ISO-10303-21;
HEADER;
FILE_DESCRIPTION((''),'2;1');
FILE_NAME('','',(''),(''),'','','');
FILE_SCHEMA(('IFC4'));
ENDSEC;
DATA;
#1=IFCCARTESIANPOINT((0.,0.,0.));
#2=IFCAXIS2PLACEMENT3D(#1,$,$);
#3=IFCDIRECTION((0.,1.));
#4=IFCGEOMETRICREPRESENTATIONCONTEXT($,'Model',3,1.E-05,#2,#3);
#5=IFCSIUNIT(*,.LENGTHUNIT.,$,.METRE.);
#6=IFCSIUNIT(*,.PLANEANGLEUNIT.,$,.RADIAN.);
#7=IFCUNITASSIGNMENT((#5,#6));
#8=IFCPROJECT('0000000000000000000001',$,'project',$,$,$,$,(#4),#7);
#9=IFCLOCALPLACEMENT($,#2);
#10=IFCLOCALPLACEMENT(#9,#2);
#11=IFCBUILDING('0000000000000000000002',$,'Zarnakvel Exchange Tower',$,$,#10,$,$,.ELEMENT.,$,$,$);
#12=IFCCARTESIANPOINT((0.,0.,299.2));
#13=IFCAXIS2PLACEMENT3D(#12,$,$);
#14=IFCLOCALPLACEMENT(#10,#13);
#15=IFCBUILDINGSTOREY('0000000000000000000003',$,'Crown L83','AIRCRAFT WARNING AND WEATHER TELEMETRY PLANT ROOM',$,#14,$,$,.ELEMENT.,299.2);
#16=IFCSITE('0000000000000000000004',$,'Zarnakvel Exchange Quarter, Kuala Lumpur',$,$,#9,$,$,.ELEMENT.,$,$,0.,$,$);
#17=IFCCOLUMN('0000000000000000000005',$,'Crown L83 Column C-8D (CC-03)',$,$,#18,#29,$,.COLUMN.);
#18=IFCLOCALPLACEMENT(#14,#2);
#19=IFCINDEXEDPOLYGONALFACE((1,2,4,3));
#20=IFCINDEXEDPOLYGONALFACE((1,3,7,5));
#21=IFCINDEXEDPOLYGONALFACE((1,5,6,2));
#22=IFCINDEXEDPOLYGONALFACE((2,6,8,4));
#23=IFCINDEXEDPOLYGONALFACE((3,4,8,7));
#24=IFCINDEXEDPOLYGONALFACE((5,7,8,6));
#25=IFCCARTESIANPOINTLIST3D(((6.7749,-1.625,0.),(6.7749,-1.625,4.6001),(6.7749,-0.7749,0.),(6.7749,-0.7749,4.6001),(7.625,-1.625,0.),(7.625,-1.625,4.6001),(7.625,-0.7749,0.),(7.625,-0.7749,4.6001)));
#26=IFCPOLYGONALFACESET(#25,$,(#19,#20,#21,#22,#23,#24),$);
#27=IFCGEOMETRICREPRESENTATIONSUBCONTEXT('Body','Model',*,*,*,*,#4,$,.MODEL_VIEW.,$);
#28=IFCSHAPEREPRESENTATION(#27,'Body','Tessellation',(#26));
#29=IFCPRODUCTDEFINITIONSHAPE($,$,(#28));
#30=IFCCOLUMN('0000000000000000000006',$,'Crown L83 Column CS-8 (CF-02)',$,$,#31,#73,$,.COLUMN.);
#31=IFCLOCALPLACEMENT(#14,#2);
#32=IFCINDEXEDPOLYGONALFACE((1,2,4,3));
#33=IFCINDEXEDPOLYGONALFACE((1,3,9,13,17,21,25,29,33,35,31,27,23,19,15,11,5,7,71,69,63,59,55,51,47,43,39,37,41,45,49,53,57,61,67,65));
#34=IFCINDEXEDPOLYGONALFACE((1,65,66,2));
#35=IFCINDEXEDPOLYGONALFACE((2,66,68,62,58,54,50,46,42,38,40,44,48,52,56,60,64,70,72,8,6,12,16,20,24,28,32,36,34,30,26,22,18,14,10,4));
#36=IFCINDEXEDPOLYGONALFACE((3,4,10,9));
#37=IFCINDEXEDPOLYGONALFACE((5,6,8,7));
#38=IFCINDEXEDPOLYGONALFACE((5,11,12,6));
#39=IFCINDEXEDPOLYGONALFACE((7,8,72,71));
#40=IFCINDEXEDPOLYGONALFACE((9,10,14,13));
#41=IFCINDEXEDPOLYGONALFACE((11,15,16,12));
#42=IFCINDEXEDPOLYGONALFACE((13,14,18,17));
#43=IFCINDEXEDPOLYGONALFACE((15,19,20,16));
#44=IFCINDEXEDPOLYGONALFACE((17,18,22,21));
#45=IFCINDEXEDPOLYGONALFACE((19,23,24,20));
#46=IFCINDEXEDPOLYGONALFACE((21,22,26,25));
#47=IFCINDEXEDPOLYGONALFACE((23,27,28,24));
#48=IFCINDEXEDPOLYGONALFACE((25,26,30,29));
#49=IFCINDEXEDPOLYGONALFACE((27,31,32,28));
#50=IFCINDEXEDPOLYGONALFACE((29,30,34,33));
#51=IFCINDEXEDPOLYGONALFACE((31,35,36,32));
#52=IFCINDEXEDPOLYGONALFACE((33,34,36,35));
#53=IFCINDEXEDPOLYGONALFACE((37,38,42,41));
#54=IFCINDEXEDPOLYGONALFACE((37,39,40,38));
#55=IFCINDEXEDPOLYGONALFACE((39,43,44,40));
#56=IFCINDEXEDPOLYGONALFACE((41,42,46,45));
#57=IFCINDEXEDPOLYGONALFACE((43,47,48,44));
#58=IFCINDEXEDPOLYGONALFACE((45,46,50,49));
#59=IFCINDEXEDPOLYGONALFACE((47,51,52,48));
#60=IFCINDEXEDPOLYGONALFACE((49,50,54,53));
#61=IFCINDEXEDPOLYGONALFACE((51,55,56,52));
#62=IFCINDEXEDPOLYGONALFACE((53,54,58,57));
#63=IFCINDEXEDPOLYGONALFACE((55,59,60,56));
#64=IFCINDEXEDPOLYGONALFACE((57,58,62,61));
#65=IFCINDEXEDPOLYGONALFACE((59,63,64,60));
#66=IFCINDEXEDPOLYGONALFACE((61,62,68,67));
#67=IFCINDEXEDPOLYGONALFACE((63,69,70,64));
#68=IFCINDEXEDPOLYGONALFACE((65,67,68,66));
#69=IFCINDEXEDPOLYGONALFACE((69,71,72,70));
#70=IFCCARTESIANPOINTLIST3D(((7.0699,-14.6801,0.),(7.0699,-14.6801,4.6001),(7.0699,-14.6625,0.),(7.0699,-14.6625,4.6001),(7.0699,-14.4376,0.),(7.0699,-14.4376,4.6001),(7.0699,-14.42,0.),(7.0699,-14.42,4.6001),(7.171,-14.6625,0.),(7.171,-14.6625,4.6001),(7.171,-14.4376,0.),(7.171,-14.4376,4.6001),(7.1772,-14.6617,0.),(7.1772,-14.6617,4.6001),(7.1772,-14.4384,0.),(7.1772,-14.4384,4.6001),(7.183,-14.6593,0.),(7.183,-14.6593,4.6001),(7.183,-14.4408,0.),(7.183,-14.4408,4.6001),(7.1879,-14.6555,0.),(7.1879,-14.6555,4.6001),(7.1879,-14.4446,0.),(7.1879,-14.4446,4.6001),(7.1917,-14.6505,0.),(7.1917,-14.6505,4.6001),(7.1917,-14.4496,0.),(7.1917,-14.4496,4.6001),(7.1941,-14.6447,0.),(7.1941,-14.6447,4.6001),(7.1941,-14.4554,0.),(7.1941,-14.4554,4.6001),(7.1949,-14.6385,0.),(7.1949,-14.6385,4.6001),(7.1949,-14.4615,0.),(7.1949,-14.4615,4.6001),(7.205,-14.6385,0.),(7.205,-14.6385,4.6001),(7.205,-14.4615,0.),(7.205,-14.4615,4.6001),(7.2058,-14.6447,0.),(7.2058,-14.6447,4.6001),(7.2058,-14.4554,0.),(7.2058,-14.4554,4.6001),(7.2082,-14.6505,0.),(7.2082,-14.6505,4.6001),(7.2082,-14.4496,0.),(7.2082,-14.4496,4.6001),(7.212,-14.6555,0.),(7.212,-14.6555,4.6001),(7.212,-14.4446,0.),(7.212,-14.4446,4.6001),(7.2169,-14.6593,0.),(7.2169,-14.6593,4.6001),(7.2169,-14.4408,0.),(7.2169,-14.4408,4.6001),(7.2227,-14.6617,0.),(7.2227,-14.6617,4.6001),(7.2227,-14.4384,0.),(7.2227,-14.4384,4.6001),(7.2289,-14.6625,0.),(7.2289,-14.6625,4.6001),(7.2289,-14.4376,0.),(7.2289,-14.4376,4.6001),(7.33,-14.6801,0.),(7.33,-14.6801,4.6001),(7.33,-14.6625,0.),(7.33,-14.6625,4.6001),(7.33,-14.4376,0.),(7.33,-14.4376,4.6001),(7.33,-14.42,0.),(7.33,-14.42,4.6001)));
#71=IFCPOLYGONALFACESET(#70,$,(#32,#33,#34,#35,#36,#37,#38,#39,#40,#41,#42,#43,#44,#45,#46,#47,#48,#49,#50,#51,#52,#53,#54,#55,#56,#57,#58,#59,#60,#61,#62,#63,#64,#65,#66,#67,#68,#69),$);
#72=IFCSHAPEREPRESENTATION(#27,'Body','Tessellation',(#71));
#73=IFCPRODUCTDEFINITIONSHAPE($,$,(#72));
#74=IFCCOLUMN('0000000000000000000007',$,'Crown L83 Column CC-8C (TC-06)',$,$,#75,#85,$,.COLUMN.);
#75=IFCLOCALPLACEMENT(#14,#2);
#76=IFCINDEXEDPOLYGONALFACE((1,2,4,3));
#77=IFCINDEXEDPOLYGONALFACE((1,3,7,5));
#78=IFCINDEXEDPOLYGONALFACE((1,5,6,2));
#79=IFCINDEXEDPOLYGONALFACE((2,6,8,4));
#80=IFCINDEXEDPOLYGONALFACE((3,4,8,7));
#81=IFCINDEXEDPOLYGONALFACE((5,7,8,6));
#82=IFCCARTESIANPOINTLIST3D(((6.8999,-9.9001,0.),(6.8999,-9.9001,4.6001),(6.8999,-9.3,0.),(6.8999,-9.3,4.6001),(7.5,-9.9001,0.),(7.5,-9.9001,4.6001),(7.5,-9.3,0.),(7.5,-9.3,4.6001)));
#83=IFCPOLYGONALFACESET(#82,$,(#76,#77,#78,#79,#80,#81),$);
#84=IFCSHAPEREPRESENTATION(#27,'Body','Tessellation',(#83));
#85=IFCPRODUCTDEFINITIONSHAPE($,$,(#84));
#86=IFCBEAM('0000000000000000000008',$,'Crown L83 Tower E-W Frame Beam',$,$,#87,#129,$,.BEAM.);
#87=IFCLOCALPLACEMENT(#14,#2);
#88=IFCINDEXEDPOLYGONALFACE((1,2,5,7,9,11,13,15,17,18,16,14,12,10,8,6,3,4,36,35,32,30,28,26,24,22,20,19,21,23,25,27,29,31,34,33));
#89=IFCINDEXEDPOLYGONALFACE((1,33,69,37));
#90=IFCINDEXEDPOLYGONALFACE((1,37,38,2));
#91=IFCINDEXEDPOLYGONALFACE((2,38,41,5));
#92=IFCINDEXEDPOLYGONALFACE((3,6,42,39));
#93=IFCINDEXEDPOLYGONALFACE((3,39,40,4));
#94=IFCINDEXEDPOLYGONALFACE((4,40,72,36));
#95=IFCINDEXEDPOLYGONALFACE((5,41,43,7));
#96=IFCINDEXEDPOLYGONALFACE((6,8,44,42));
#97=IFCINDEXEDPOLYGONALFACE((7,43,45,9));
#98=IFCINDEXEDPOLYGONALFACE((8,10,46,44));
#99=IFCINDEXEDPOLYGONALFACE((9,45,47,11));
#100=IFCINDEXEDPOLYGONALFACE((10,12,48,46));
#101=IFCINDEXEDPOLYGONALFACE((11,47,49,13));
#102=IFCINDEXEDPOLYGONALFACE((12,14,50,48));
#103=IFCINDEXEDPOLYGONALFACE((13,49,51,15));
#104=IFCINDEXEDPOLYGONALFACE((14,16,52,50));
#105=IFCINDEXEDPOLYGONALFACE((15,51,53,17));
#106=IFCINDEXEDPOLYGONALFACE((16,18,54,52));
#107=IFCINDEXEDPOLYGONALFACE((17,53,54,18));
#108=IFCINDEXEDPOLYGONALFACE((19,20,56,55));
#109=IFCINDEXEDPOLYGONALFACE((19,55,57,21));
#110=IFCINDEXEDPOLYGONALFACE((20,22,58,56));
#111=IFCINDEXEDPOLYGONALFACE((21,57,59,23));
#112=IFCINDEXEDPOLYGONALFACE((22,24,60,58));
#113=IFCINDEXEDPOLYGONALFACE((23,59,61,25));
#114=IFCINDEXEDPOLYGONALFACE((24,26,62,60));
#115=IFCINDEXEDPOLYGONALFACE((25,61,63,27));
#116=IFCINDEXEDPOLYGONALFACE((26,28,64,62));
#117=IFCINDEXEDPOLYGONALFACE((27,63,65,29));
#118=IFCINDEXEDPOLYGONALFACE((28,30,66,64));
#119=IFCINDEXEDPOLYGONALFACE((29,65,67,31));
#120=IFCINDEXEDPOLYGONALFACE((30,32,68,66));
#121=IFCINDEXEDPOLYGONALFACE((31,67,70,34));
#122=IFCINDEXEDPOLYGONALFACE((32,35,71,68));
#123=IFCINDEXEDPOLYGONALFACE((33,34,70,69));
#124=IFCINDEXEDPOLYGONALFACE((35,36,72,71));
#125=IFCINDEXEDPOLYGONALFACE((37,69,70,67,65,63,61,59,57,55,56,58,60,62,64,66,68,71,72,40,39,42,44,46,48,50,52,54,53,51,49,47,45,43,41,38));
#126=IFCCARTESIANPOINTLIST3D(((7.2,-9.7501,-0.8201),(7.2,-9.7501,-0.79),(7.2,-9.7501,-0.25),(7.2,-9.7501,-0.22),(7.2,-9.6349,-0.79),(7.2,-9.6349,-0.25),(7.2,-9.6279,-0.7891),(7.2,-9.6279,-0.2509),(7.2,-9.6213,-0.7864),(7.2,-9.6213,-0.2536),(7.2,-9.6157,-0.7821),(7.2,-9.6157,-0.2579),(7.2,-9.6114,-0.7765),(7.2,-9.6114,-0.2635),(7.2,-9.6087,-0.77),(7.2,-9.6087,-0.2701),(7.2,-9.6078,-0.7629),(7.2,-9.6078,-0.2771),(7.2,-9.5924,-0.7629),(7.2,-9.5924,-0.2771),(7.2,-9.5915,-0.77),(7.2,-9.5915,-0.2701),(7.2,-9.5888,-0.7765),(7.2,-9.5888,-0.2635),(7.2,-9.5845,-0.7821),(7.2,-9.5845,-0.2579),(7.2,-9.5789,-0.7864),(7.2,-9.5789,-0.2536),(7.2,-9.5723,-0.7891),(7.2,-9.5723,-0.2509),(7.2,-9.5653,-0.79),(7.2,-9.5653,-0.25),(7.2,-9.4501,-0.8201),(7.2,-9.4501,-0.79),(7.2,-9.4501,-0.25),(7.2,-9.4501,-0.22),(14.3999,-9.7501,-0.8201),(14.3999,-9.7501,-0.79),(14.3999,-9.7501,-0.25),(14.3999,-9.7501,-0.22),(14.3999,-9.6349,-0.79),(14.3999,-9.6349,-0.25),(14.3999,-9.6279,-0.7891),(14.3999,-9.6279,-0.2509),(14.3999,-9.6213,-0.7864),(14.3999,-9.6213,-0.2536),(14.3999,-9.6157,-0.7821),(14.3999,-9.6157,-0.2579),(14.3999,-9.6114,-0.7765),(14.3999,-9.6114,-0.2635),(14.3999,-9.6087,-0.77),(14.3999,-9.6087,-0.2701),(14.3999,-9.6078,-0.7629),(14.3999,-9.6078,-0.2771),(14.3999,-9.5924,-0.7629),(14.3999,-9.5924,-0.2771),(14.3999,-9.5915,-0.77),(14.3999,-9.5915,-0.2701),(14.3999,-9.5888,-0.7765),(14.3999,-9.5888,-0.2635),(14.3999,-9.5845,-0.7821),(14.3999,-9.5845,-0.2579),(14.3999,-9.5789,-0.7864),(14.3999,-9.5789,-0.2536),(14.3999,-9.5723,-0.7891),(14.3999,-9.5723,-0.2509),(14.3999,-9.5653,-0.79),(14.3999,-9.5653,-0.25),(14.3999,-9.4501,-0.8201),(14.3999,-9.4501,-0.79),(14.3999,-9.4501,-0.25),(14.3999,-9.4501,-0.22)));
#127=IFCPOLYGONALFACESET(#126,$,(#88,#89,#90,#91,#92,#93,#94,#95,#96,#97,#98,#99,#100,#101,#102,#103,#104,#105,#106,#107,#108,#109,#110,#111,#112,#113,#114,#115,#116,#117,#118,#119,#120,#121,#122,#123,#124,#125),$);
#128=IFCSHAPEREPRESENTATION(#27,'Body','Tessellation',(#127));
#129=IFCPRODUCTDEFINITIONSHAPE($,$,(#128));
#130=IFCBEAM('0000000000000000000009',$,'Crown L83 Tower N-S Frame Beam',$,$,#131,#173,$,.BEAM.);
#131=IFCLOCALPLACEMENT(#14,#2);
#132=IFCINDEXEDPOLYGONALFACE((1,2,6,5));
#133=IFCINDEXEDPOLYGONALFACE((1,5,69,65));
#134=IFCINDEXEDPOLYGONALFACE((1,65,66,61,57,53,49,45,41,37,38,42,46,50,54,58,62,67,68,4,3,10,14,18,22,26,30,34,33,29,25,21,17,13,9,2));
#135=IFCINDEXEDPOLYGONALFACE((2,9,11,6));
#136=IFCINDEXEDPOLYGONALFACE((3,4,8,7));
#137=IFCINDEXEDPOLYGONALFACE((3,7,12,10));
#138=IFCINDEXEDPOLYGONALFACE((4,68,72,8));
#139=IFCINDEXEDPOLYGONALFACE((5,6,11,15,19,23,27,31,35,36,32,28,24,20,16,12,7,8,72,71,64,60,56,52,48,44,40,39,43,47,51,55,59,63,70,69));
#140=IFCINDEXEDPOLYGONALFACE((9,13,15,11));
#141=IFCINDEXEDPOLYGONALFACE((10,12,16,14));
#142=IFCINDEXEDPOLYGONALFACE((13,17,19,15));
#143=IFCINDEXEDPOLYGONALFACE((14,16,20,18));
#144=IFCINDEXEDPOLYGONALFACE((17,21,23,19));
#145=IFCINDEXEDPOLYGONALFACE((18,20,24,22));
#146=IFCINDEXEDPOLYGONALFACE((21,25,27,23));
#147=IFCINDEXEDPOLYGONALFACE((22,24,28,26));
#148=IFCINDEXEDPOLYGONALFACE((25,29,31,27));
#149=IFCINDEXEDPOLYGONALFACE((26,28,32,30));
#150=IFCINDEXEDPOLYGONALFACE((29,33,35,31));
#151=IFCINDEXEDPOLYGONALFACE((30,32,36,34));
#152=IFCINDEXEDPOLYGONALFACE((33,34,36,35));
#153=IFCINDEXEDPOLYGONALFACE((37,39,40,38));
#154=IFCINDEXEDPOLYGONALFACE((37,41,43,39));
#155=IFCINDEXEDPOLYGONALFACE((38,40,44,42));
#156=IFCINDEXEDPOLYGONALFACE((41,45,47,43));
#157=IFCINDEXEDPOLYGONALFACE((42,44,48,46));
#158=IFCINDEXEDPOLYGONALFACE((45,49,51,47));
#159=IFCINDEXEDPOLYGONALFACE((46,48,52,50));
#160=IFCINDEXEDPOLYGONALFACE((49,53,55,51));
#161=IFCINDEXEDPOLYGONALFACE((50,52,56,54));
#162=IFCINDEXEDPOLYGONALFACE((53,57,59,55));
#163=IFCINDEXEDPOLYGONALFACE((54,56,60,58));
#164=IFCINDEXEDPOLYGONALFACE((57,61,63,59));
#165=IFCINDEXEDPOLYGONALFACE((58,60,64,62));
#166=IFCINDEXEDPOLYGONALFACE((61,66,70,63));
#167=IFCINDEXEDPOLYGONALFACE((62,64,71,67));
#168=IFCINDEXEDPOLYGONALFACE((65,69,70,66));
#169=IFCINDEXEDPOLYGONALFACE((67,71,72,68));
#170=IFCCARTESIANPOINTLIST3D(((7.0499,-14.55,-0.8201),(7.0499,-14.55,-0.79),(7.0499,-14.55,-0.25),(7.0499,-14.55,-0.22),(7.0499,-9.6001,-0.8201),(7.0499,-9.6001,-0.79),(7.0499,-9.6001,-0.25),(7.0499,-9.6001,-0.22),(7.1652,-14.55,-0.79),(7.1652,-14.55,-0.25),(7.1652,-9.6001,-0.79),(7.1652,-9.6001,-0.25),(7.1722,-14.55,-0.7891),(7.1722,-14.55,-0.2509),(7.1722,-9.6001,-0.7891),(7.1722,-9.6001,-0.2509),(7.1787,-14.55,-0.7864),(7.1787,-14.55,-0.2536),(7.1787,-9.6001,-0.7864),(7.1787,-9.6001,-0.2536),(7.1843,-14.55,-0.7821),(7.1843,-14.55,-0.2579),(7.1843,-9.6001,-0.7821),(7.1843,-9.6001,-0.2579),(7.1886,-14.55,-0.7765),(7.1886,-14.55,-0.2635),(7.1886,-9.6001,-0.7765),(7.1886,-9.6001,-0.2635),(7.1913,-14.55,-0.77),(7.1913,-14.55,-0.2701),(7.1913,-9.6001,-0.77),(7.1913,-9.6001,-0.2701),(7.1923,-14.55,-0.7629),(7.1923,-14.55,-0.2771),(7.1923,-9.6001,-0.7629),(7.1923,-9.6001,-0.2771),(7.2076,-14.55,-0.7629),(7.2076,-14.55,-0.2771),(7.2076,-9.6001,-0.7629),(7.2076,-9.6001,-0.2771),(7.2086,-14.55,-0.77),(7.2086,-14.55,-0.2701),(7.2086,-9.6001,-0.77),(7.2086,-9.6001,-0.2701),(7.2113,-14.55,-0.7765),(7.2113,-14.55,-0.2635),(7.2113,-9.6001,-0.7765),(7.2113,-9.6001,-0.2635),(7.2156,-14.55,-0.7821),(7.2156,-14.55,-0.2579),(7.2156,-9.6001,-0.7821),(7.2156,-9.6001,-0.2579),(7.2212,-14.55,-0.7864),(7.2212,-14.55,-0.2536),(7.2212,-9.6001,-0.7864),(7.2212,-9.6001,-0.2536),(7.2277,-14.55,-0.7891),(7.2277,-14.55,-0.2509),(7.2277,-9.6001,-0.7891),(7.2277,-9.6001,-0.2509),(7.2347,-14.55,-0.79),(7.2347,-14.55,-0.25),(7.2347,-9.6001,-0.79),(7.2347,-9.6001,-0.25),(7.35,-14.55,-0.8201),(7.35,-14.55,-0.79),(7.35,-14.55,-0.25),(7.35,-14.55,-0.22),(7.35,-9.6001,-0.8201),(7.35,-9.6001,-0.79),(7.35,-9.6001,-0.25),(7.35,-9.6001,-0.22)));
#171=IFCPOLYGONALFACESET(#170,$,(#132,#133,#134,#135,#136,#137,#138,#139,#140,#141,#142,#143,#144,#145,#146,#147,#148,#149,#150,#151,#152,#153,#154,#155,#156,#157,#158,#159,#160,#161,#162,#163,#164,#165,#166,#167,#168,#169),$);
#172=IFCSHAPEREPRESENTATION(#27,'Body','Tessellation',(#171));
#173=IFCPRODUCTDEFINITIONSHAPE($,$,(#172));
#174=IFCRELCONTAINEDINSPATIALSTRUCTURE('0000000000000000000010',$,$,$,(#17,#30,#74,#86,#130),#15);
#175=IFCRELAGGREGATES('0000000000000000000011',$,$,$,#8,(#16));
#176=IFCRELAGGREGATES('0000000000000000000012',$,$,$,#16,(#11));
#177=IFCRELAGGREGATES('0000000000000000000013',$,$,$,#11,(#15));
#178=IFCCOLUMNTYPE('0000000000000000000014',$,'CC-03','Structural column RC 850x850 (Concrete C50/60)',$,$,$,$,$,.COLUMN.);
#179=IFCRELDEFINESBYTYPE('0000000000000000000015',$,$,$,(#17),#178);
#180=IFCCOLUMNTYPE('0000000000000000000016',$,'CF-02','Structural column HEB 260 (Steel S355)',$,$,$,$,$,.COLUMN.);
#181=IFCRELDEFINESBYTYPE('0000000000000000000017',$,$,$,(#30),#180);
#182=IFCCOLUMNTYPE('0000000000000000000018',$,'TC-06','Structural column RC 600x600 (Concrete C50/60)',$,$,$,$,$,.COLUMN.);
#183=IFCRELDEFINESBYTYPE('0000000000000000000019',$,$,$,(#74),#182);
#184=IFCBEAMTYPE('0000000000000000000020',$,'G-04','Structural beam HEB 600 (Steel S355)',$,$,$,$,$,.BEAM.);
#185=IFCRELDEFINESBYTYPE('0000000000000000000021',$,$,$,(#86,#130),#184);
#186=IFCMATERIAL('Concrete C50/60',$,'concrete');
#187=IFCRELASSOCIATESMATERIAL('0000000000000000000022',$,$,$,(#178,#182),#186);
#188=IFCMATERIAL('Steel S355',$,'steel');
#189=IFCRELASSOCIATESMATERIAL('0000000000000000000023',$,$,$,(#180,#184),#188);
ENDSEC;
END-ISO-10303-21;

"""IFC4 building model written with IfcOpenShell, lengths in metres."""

from ifc_helpers import new_model, si_unit, direction, frame, origin, origin_2d, place, context, subcontext, project, spatial, rectangle, i_section, extrude, material, material_profile, profile_set, type_object, element, save


model = new_model("IFC4")

# Units and contexts
model_context = context("Model", 3, precision=1e-05, world=origin(), true_north=direction((0.0, 1.0)))
body_context = subcontext(model_context, "Body", "Model", "MODEL_VIEW")
ifc_project = project(units=[si_unit("LENGTHUNIT", "METRE"), si_unit("PLANEANGLEUNIT", "RADIAN")], contexts=[model_context])

# Site, building, storey
site_placement = place(None, origin())
site = spatial("IfcSite", under=ifc_project, at=site_placement, Name="Zarnakvel Exchange Quarter, Kuala Lumpur", CompositionType="ELEMENT", RefElevation=0.0)
building_placement = place(site_placement, origin())
building = spatial("IfcBuilding", under=site, at=building_placement, Name="Zarnakvel Exchange Tower", CompositionType="ELEMENT")
storey_placement = place(building_placement, frame((0.0, 0.0, 299.2)))
storey = spatial("IfcBuildingStorey", under=building, at=storey_placement, Name="Crown L83", Description="AIRCRAFT WARNING AND WEATHER TELEMETRY PLANT ROOM", CompositionType="ELEMENT", Elevation=299.2)

# Columns
ifc_material_1 = material(Name="Concrete C50/60", Category="concrete")
ifc_material_profile_1 = material_profile(ifc_material_1, rectangle(XDim=0.8501, YDim=0.8501, at=origin_2d()))
ifc_profile_set_1 = profile_set([ifc_material_profile_1], Name="Concrete C50/60")
column_type_1 = type_object("IfcColumnType", Name="CC-03", Description="Structural column RC 850x850 (Concrete C50/60)", PredefinedType="COLUMN", material=ifc_profile_set_1)
column_1_placement = place(storey_placement, frame((7.2, -1.2, 0.0), z_axis=(0.0, 0.0, 1.0), x_axis=(1.0, 0.0, 0.0)))
element("IfcColumn", 1, at=column_1_placement, inside=storey, type_object=column_type_1, Name="Crown L83 Column C-8D (CC-03)", PredefinedType="COLUMN", context=body_context, shape_type="SweptSolid", body=[
    extrude(rectangle(XDim=0.8501, YDim=0.8501, at=origin_2d()), origin(), (0.0, 0.0, 1.0), 4.6001),
])
ifc_material_2 = material(Name="Steel S355", Category="steel")
ifc_material_profile_2 = material_profile(ifc_material_2, i_section(OverallWidth=0.26, OverallDepth=0.26, WebThickness=0.01, FlangeThickness=0.0176, FilletRadius=0.0239, at=origin_2d()))
ifc_profile_set_2 = profile_set([ifc_material_profile_2], Name="Steel S355")
column_type_2 = type_object("IfcColumnType", Name="CF-02", Description="Structural column HEB 260 (Steel S355)", PredefinedType="COLUMN", material=ifc_profile_set_2)
column_2_placement = place(storey_placement, frame((7.2, -14.55, 0.0), z_axis=(0.0, 0.0, 1.0), x_axis=(1.0, 0.0, 0.0)))
element("IfcColumn", 2, at=column_2_placement, inside=storey, type_object=column_type_2, Name="Crown L83 Column CS-8 (CF-02)", PredefinedType="COLUMN", context=body_context, shape_type="SweptSolid", body=[
    extrude(i_section(OverallWidth=0.26, OverallDepth=0.26, WebThickness=0.01, FlangeThickness=0.0176, FilletRadius=0.0239, at=origin_2d()), origin(), (0.0, 0.0, 1.0), 4.6001),
])
ifc_material_profile_3 = material_profile(ifc_material_1, rectangle(XDim=0.6001, YDim=0.6001, at=origin_2d()))
ifc_profile_set_3 = profile_set([ifc_material_profile_3], Name="Concrete C50/60")
column_type_3 = type_object("IfcColumnType", Name="TC-06", Description="Structural column RC 600x600 (Concrete C50/60)", PredefinedType="COLUMN", material=ifc_profile_set_3)
column_3_placement = place(storey_placement, frame((7.2, -9.6001, 0.0), z_axis=(0.0, 0.0, 1.0), x_axis=(1.0, 0.0, 0.0)))
element("IfcColumn", 3, at=column_3_placement, inside=storey, type_object=column_type_3, Name="Crown L83 Column CC-8C (TC-06)", PredefinedType="COLUMN", context=body_context, shape_type="SweptSolid", body=[
    extrude(rectangle(XDim=0.6001, YDim=0.6001, at=origin_2d()), origin(), (0.0, 0.0, 1.0), 4.6001),
])

# Beams
ifc_material_profile_4 = material_profile(ifc_material_2, i_section(OverallWidth=0.3, OverallDepth=0.6001, WebThickness=0.0154, FlangeThickness=0.03, FilletRadius=0.0271, at=origin_2d()))
ifc_profile_set_4 = profile_set([ifc_material_profile_4], Name="Steel S355")
beam_type = type_object("IfcBeamType", Name="G-04", Description="Structural beam HEB 600 (Steel S355)", PredefinedType="BEAM", material=ifc_profile_set_4)
beam_1_placement = place(storey_placement, frame((7.2, -9.6001, -0.52), z_axis=(1.0, 0.0, 0.0), x_axis=(0.0, 1.0, 0.0)))
element("IfcBeam", 4, at=beam_1_placement, inside=storey, type_object=beam_type, Name="Crown L83 Tower E-W Frame Beam", PredefinedType="BEAM", context=body_context, shape_type="SweptSolid", body=[
    extrude(i_section(OverallWidth=0.3, OverallDepth=0.6001, WebThickness=0.0154, FlangeThickness=0.03, FilletRadius=0.0271, at=origin_2d()), origin(), (0.0, 0.0, 1.0), 7.2),
])
beam_2_placement = place(storey_placement, frame((7.2, -14.55, -0.52), z_axis=(0.0, 1.0, 0.0), x_axis=(-1.0, 0.0, 0.0)))
element("IfcBeam", 5, at=beam_2_placement, inside=storey, type_object=beam_type, Name="Crown L83 Tower N-S Frame Beam", PredefinedType="BEAM", context=body_context, shape_type="SweptSolid", body=[
    extrude(i_section(OverallWidth=0.3, OverallDepth=0.6001, WebThickness=0.0154, FlangeThickness=0.03, FilletRadius=0.0271, at=origin_2d()), origin(), (0.0, 0.0, 1.0), 4.95),
])

save(model, "model.ifc")
